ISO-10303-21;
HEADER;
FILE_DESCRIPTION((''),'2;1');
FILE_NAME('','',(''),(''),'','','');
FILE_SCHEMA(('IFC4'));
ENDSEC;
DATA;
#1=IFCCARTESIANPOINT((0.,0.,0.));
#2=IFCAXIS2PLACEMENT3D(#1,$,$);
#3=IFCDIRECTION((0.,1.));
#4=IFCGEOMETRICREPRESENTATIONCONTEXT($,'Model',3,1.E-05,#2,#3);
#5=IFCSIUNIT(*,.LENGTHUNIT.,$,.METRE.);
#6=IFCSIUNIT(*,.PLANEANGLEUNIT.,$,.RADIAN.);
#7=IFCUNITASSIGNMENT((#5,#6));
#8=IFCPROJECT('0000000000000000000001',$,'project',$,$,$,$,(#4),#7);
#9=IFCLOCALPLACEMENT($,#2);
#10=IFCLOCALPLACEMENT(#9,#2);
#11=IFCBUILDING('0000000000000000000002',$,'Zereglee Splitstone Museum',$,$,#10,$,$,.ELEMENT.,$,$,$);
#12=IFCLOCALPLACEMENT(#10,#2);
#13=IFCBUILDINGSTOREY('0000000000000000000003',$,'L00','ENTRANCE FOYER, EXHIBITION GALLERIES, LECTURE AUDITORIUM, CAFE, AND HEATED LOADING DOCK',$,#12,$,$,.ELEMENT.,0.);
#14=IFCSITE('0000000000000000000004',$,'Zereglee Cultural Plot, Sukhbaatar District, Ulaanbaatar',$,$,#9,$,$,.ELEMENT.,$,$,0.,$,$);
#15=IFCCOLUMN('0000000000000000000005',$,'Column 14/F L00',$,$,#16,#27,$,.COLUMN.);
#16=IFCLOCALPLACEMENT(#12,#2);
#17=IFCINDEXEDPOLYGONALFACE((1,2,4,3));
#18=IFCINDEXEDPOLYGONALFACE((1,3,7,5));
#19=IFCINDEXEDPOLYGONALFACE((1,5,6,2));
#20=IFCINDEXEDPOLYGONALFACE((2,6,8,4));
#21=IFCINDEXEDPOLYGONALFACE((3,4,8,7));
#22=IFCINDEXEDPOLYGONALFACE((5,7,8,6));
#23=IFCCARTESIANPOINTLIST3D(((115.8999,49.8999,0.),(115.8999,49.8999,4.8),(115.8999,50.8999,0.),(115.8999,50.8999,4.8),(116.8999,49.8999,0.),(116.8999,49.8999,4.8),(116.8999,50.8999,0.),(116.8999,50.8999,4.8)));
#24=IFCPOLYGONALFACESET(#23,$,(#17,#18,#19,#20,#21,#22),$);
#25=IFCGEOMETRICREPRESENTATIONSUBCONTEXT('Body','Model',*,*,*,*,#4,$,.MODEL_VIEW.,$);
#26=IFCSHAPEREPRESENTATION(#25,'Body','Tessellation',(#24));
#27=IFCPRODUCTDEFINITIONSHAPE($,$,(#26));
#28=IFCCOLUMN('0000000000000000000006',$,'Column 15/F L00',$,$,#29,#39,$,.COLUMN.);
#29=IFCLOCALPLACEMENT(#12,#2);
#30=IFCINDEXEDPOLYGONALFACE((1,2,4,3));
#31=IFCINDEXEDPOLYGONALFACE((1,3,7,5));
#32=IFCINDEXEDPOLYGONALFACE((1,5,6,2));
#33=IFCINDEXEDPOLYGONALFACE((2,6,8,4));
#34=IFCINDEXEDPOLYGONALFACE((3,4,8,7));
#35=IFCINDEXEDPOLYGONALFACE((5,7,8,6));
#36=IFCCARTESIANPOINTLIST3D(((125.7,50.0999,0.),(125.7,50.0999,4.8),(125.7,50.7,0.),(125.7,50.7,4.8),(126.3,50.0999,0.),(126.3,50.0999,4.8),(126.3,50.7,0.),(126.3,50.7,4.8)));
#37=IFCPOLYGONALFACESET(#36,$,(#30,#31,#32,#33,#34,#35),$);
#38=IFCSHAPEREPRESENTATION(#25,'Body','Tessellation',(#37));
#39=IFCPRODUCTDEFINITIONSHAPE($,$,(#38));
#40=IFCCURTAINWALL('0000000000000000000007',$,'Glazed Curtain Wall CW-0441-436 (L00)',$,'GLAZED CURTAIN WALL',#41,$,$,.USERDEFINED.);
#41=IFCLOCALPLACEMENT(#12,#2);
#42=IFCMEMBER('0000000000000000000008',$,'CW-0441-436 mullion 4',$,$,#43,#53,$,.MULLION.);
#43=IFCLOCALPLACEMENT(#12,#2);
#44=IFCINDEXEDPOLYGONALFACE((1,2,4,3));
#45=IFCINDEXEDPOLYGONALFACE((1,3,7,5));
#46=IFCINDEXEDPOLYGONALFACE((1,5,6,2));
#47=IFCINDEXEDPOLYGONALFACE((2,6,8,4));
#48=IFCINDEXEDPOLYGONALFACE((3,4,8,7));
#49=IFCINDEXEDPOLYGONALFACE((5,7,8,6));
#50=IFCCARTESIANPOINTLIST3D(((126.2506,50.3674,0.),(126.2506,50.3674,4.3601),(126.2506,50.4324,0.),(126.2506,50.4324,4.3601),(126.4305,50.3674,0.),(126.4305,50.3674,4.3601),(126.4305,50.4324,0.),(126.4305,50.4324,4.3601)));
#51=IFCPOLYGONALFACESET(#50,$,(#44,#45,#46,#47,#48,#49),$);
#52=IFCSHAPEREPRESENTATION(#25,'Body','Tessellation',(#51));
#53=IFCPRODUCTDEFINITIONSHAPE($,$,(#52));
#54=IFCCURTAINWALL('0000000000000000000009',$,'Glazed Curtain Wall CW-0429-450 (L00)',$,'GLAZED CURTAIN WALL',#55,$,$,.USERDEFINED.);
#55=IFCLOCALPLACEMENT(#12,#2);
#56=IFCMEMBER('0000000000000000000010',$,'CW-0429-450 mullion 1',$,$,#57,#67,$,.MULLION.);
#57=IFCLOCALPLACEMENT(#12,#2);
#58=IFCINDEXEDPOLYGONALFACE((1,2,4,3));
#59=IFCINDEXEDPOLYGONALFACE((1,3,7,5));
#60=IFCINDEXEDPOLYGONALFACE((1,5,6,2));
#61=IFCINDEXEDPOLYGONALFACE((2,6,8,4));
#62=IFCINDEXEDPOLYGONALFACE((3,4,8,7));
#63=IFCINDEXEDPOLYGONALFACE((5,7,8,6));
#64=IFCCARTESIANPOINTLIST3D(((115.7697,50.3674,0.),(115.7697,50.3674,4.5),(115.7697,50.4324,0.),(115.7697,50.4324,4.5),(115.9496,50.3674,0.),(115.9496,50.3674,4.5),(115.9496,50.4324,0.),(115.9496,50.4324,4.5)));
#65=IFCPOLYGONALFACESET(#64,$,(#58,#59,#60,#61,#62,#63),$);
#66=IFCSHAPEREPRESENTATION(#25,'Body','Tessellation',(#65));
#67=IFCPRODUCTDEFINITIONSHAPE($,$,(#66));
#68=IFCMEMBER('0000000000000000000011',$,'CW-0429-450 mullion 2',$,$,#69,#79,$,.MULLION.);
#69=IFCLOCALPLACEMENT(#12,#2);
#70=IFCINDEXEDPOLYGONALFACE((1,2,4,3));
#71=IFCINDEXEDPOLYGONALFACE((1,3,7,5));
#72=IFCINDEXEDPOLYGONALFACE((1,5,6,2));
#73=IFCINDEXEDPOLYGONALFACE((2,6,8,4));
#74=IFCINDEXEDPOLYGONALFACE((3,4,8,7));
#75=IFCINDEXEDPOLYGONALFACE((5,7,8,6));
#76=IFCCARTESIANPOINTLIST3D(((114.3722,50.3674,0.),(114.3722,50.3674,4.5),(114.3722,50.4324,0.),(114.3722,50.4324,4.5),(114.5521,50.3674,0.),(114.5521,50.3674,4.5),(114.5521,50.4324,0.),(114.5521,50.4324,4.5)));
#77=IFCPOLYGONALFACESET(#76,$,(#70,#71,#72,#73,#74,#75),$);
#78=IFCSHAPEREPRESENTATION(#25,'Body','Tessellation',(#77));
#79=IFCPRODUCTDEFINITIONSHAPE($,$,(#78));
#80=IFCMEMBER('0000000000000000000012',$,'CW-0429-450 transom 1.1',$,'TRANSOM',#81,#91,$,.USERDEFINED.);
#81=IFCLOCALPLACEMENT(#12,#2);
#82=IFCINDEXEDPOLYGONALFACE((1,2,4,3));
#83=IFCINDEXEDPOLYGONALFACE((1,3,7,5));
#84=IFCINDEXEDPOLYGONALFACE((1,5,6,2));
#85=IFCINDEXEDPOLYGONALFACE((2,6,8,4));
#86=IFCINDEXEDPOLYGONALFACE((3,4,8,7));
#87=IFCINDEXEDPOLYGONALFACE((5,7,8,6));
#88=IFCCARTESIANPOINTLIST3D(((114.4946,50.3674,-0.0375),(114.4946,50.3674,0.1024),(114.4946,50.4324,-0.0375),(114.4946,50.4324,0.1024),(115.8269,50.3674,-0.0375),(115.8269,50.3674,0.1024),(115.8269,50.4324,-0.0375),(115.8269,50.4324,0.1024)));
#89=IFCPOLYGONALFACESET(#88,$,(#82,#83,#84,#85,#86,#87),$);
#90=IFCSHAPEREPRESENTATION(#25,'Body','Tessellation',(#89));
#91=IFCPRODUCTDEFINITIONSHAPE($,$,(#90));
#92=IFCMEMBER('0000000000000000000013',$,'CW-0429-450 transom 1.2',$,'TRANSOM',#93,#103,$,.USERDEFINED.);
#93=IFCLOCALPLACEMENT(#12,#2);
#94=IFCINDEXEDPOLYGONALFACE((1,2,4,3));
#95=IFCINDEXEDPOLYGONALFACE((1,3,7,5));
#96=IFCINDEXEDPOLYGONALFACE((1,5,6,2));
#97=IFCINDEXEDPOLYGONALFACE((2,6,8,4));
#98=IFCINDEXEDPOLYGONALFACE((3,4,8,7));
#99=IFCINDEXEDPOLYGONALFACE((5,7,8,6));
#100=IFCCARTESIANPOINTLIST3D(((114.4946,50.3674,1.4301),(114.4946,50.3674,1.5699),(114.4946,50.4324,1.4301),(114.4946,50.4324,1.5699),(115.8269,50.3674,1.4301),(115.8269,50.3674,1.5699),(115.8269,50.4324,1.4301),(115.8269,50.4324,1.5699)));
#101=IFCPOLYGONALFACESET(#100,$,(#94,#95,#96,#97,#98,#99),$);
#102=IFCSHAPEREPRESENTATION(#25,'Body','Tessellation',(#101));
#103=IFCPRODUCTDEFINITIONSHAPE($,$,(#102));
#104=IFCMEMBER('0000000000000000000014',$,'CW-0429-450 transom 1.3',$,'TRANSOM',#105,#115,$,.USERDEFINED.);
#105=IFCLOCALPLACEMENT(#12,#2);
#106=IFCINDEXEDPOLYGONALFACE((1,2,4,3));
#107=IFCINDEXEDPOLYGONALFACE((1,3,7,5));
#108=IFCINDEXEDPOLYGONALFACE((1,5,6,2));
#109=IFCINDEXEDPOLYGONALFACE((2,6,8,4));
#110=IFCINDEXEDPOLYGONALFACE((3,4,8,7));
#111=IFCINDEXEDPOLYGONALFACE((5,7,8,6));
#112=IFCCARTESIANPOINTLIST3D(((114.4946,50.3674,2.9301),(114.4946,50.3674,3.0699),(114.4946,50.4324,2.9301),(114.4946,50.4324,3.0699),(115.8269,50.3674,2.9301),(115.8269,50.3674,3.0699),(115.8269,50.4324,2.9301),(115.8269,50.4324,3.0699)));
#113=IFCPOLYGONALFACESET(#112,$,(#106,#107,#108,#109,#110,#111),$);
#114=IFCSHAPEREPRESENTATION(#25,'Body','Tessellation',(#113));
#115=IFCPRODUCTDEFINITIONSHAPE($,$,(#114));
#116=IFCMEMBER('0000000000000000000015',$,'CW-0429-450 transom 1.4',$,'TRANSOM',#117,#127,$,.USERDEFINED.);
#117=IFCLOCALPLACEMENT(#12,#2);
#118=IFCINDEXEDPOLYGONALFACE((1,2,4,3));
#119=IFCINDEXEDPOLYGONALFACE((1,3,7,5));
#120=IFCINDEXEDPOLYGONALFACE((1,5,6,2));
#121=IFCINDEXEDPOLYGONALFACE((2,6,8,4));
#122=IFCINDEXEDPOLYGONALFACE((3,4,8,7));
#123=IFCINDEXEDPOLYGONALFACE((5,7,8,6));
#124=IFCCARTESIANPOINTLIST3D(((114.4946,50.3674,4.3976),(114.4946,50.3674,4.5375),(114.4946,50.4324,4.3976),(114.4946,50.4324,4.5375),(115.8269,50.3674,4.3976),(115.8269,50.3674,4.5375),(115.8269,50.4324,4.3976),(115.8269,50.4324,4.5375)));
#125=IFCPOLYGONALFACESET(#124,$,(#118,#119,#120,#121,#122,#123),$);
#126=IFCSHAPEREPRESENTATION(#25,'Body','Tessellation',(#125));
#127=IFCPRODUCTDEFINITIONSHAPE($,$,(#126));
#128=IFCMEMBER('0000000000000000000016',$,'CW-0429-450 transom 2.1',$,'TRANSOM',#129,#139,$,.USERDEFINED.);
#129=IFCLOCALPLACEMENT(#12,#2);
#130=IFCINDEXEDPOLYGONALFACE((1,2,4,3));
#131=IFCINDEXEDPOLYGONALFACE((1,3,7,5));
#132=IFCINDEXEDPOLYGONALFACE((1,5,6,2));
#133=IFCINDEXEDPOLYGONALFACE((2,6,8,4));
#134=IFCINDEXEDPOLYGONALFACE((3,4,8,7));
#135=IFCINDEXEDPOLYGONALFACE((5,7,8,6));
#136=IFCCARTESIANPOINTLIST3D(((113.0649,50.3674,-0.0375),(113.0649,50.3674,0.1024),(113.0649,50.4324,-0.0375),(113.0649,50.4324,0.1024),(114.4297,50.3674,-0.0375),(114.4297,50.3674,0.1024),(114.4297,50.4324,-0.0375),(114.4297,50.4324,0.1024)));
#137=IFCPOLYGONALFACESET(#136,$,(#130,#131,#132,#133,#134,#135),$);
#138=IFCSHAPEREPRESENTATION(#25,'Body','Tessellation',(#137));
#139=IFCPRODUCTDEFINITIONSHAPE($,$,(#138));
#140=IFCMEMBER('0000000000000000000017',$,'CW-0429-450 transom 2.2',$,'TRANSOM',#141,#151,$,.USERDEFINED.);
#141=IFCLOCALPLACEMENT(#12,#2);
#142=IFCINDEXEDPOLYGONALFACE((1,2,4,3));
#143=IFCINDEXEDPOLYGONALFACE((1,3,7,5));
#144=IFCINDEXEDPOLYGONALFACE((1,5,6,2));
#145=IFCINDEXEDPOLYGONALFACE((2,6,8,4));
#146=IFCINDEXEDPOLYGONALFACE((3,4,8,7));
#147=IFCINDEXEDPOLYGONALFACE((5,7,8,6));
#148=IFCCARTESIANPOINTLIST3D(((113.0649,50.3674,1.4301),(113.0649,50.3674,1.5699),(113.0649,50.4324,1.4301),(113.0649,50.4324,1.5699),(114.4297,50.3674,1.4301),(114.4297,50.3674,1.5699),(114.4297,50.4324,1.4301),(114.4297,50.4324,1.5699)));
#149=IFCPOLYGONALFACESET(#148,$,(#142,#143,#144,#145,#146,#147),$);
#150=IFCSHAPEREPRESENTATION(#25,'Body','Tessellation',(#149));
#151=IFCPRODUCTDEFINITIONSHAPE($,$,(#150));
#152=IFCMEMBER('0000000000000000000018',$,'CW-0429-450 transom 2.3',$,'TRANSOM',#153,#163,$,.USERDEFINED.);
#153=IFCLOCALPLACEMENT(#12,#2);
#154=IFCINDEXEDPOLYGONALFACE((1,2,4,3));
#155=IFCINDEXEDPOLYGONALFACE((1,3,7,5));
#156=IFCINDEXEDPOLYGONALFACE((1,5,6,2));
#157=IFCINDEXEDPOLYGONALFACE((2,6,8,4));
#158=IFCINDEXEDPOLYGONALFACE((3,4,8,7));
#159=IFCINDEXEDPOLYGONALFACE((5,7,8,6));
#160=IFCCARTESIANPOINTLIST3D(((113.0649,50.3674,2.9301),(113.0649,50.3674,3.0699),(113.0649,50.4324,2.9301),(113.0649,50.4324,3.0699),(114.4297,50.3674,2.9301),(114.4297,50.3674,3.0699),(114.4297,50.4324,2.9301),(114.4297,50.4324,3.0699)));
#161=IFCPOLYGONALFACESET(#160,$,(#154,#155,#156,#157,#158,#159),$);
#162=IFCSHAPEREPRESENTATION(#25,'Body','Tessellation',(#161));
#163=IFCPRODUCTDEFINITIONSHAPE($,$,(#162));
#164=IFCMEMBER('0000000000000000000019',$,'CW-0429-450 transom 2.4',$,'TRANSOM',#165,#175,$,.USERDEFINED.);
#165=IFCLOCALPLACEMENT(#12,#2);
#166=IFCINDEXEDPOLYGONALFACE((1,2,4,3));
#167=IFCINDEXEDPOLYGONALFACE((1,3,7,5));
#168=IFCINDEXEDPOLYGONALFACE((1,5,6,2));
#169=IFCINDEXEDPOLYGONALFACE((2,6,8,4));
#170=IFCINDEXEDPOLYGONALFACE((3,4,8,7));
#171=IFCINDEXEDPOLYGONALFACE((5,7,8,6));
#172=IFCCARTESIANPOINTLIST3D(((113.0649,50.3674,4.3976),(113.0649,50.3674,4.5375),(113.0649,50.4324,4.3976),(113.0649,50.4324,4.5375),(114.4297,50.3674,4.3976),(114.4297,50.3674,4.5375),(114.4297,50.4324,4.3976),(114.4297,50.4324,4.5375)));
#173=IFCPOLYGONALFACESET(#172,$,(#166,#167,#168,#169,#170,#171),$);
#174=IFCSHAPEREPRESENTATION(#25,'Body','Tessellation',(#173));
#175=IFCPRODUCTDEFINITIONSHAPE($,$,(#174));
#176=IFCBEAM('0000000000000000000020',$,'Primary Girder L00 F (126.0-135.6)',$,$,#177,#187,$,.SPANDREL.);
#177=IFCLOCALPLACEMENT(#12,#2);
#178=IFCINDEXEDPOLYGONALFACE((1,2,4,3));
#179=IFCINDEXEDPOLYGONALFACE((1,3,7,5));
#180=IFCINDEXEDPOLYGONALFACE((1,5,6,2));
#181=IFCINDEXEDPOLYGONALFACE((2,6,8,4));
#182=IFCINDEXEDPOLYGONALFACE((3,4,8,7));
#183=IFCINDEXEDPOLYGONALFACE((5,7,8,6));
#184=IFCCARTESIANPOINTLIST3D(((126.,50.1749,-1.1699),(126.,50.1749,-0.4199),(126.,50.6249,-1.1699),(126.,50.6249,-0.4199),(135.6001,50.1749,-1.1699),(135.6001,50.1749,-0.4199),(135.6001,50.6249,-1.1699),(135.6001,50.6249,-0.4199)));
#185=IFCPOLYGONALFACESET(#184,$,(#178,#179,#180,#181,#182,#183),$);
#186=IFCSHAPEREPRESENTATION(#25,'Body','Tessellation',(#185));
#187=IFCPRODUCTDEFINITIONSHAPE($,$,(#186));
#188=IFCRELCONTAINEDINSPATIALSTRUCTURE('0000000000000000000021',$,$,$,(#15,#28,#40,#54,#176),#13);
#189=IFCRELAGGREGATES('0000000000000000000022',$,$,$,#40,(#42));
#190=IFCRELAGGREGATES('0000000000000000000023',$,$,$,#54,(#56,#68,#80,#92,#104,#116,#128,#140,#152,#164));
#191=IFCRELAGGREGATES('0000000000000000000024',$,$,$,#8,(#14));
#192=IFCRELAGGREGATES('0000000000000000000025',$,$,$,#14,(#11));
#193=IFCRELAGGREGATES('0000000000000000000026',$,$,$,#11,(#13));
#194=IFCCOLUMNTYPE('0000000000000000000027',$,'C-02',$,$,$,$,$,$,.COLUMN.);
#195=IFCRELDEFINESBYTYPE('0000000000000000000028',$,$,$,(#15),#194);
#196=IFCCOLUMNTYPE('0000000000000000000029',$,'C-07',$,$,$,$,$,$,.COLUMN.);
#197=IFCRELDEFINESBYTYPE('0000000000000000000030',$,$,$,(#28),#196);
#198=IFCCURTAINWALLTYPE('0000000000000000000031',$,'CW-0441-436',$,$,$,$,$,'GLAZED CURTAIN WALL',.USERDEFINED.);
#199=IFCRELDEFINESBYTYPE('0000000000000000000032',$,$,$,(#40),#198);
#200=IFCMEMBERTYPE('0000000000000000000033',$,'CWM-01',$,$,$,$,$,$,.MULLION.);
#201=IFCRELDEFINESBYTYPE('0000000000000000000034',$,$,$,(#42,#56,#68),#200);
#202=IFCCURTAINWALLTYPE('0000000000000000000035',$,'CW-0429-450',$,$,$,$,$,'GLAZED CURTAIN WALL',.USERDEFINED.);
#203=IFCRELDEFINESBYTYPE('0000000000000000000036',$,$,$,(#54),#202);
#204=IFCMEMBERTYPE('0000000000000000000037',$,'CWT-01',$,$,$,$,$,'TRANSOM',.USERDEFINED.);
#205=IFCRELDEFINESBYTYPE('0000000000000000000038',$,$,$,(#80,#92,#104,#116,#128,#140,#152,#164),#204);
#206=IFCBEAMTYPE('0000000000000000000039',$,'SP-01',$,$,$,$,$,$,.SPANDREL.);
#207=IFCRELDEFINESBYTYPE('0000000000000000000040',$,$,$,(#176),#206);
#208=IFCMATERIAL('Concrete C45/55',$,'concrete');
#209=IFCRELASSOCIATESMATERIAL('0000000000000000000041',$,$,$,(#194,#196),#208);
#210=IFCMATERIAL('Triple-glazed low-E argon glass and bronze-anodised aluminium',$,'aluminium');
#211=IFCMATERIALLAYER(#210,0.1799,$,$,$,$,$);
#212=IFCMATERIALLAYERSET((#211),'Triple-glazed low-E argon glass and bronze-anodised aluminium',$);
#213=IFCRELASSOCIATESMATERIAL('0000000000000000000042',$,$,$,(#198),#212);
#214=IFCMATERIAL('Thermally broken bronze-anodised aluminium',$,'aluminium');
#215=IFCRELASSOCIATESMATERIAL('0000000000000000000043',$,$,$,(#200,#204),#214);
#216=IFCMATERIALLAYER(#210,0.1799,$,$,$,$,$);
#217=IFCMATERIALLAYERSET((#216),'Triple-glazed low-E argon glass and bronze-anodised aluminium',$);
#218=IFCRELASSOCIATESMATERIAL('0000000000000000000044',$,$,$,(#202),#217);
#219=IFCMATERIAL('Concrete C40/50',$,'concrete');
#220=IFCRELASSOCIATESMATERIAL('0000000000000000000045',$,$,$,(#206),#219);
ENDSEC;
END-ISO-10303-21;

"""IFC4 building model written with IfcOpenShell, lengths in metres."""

from ifc_helpers import new_model, si_unit, direction, frame, origin, origin_2d, place, context, subcontext, project, spatial, rectangle, extrude, material, layer, layer_set, material_profile, profile_set, type_object, element, aggregate, save


model = new_model("IFC4")

# Units and contexts
model_context = context("Model", 3, precision=1e-05, world=origin(), true_north=direction((0.0, 1.0)))
body_context = subcontext(model_context, "Body", "Model", "MODEL_VIEW")
ifc_project = project(units=[si_unit("LENGTHUNIT", "METRE"), si_unit("PLANEANGLEUNIT", "RADIAN")], contexts=[model_context])

# Site, building, storey
site_placement = place(None, origin())
site = spatial("IfcSite", under=ifc_project, at=site_placement, Name="Zereglee Cultural Plot, Sukhbaatar District, Ulaanbaatar", CompositionType="ELEMENT", RefElevation=0.0)
building_placement = place(site_placement, origin())
building = spatial("IfcBuilding", under=site, at=building_placement, Name="Zereglee Splitstone Museum", CompositionType="ELEMENT")
storey_placement = place(building_placement, origin())
storey = spatial("IfcBuildingStorey", under=building, at=storey_placement, Name="L00", Description="ENTRANCE FOYER, EXHIBITION GALLERIES, LECTURE AUDITORIUM, CAFE, AND HEATED LOADING DOCK", CompositionType="ELEMENT", Elevation=0.0)

# Columns
ifc_material_1 = material(Name="Concrete C45/55", Category="concrete")
ifc_material_profile_1 = material_profile(ifc_material_1, rectangle(XDim=1.0, YDim=1.0, at=origin_2d()), Name="RC 1000x1000")
ifc_profile_set_1 = profile_set([ifc_material_profile_1], Name="Concrete C45/55")
column_type_1 = type_object("IfcColumnType", Name="C-02", PredefinedType="COLUMN", material=ifc_profile_set_1)
column_1_placement = place(storey_placement, frame((116.3999, 50.3999, 0.0), z_axis=(0.0, 0.0, 1.0), x_axis=(1.0, 0.0, 0.0)))
element("IfcColumn", 1, at=column_1_placement, inside=storey, type_object=column_type_1, Name="Column 14/F L00", PredefinedType="COLUMN", context=body_context, shape_type="SweptSolid", body=[
    extrude(rectangle(XDim=1.0, YDim=1.0, at=origin_2d()), origin(), (0.0, 0.0, 1.0), 4.8),
])
ifc_material_profile_2 = material_profile(ifc_material_1, rectangle(XDim=0.6001, YDim=0.6001, at=origin_2d()), Name="RC 600x600")
ifc_profile_set_2 = profile_set([ifc_material_profile_2], Name="Concrete C45/55")
column_type_2 = type_object("IfcColumnType", Name="C-07", PredefinedType="COLUMN", material=ifc_profile_set_2)
column_2_placement = place(storey_placement, frame((126.0, 50.3999, 0.0), z_axis=(0.0, 0.0, 1.0), x_axis=(1.0, 0.0, 0.0)))
element("IfcColumn", 2, at=column_2_placement, inside=storey, type_object=column_type_2, Name="Column 15/F L00", PredefinedType="COLUMN", context=body_context, shape_type="SweptSolid", body=[
    extrude(rectangle(XDim=0.6001, YDim=0.6001, at=origin_2d()), origin(), (0.0, 0.0, 1.0), 4.8),
])

# Curtain wall, member
ifc_material_2 = material(Name="Triple-glazed low-E argon glass and bronze-anodised aluminium", Category="aluminium")
ifc_layer_1 = layer(ifc_material_2, 0.1799)
ifc_layer_set_1 = layer_set([ifc_layer_1], Name="Triple-glazed low-E argon glass and bronze-anodised aluminium")
curtain_wall_type_1 = type_object("IfcCurtainWallType", Name="CW-0441-436", ElementType="GLAZED CURTAIN WALL", PredefinedType="USERDEFINED", material=ifc_layer_set_1)
curtain_wall_1_placement = place(storey_placement, origin())
curtain_wall_1 = element("IfcCurtainWall", 3, at=curtain_wall_1_placement, inside=storey, type_object=curtain_wall_type_1, Name="Glazed Curtain Wall CW-0441-436 (L00)", ObjectType="GLAZED CURTAIN WALL", PredefinedType="USERDEFINED")
ifc_material_3 = material(Name="Thermally broken bronze-anodised aluminium", Category="aluminium")
ifc_material_profile_3 = material_profile(ifc_material_3, rectangle(XDim=0.0649, YDim=0.1799, at=origin_2d()), Name="CW MULL 65x180")
ifc_profile_set_3 = profile_set([ifc_material_profile_3], Name="Thermally broken bronze-anodised aluminium")
member_type_1 = type_object("IfcMemberType", Name="CWM-01", PredefinedType="MULLION", material=ifc_profile_set_3)
member_1_placement = place(storey_placement, frame((126.3406, 50.3999, 0.0), z_axis=(0.0, 0.0, 1.0), x_axis=(0.0, -1.0, 0.0)))
member_1 = element("IfcMember", 4, at=member_1_placement, type_object=member_type_1, Name="CW-0441-436 mullion 4", PredefinedType="MULLION", context=body_context, shape_type="SweptSolid", body=[
    extrude(rectangle(XDim=0.0649, YDim=0.1799, at=origin_2d()), origin(), (0.0, 0.0, 1.0), 4.3601),
])
aggregate(curtain_wall_1, [member_1])

# Curtain wall, members
ifc_layer_2 = layer(ifc_material_2, 0.1799)
ifc_layer_set_2 = layer_set([ifc_layer_2], Name="Triple-glazed low-E argon glass and bronze-anodised aluminium")
curtain_wall_type_2 = type_object("IfcCurtainWallType", Name="CW-0429-450", ElementType="GLAZED CURTAIN WALL", PredefinedType="USERDEFINED", material=ifc_layer_set_2)
curtain_wall_2_placement = place(storey_placement, origin())
curtain_wall_2 = element("IfcCurtainWall", 5, at=curtain_wall_2_placement, inside=storey, type_object=curtain_wall_type_2, Name="Glazed Curtain Wall CW-0429-450 (L00)", ObjectType="GLAZED CURTAIN WALL", PredefinedType="USERDEFINED")
member_2_placement = place(storey_placement, frame((115.8596, 50.3999, 0.0), z_axis=(0.0, 0.0, 1.0), x_axis=(0.0, -1.0, 0.0)))
member_2 = element("IfcMember", 6, at=member_2_placement, type_object=member_type_1, Name="CW-0429-450 mullion 1", PredefinedType="MULLION", context=body_context, shape_type="SweptSolid", body=[
    extrude(rectangle(XDim=0.0649, YDim=0.1799, at=origin_2d()), origin(), (0.0, 0.0, 1.0), 4.5),
])
member_3_placement = place(storey_placement, frame((114.4622, 50.3999, 0.0), z_axis=(0.0, 0.0, 1.0), x_axis=(0.0, -1.0, 0.0)))
member_3 = element("IfcMember", 7, at=member_3_placement, type_object=member_type_1, Name="CW-0429-450 mullion 2", PredefinedType="MULLION", context=body_context, shape_type="SweptSolid", body=[
    extrude(rectangle(XDim=0.0649, YDim=0.1799, at=origin_2d()), origin(), (0.0, 0.0, 1.0), 4.5),
])
ifc_material_profile_4 = material_profile(ifc_material_3, rectangle(XDim=0.0649, YDim=0.1399, at=origin_2d()), Name="CW TRAN 65x140")
ifc_profile_set_4 = profile_set([ifc_material_profile_4], Name="Thermally broken bronze-anodised aluminium")
member_type_2 = type_object("IfcMemberType", Name="CWT-01", ElementType="TRANSOM", PredefinedType="USERDEFINED", material=ifc_profile_set_4)
member_4_placement = place(storey_placement, frame((115.8269, 50.3999, 0.0325), z_axis=(-1.0, 0.0, 0.0), x_axis=(0.0, -1.0, 0.0)))
member_4 = element("IfcMember", 8, at=member_4_placement, type_object=member_type_2, Name="CW-0429-450 transom 1.1", ObjectType="TRANSOM", PredefinedType="USERDEFINED", context=body_context, shape_type="SweptSolid", body=[
    extrude(rectangle(XDim=0.0649, YDim=0.1399, at=origin_2d()), origin(), (0.0, 0.0, 1.0), 1.3323),
])
member_5_placement = place(storey_placement, frame((115.8269, 50.3999, 1.5), z_axis=(-1.0, 0.0, 0.0), x_axis=(0.0, -1.0, 0.0)))
member_5 = element("IfcMember", 9, at=member_5_placement, type_object=member_type_2, Name="CW-0429-450 transom 1.2", ObjectType="TRANSOM", PredefinedType="USERDEFINED", context=body_context, shape_type="SweptSolid", body=[
    extrude(rectangle(XDim=0.0649, YDim=0.1399, at=origin_2d()), origin(), (0.0, 0.0, 1.0), 1.3323),
])
member_6_placement = place(storey_placement, frame((115.8269, 50.3999, 3.0), z_axis=(-1.0, 0.0, 0.0), x_axis=(0.0, -1.0, 0.0)))
member_6 = element("IfcMember", 10, at=member_6_placement, type_object=member_type_2, Name="CW-0429-450 transom 1.3", ObjectType="TRANSOM", PredefinedType="USERDEFINED", context=body_context, shape_type="SweptSolid", body=[
    extrude(rectangle(XDim=0.0649, YDim=0.1399, at=origin_2d()), origin(), (0.0, 0.0, 1.0), 1.3323),
])
member_7_placement = place(storey_placement, frame((115.8269, 50.3999, 4.4675), z_axis=(-1.0, 0.0, 0.0), x_axis=(0.0, -1.0, 0.0)))
member_7 = element("IfcMember", 11, at=member_7_placement, type_object=member_type_2, Name="CW-0429-450 transom 1.4", ObjectType="TRANSOM", PredefinedType="USERDEFINED", context=body_context, shape_type="SweptSolid", body=[
    extrude(rectangle(XDim=0.0649, YDim=0.1399, at=origin_2d()), origin(), (0.0, 0.0, 1.0), 1.3323),
])
member_8_placement = place(storey_placement, frame((114.4297, 50.3999, 0.0325), z_axis=(-1.0, 0.0, 0.0), x_axis=(0.0, -1.0, 0.0)))
member_8 = element("IfcMember", 12, at=member_8_placement, type_object=member_type_2, Name="CW-0429-450 transom 2.1", ObjectType="TRANSOM", PredefinedType="USERDEFINED", context=body_context, shape_type="SweptSolid", body=[
    extrude(rectangle(XDim=0.0649, YDim=0.1399, at=origin_2d()), origin(), (0.0, 0.0, 1.0), 1.3647),
])
member_9_placement = place(storey_placement, frame((114.4297, 50.3999, 1.5), z_axis=(-1.0, 0.0, 0.0), x_axis=(0.0, -1.0, 0.0)))
member_9 = element("IfcMember", 13, at=member_9_placement, type_object=member_type_2, Name="CW-0429-450 transom 2.2", ObjectType="TRANSOM", PredefinedType="USERDEFINED", context=body_context, shape_type="SweptSolid", body=[
    extrude(rectangle(XDim=0.0649, YDim=0.1399, at=origin_2d()), origin(), (0.0, 0.0, 1.0), 1.3647),
])
member_10_placement = place(storey_placement, frame((114.4297, 50.3999, 3.0), z_axis=(-1.0, 0.0, 0.0), x_axis=(0.0, -1.0, 0.0)))
member_10 = element("IfcMember", 14, at=member_10_placement, type_object=member_type_2, Name="CW-0429-450 transom 2.3", ObjectType="TRANSOM", PredefinedType="USERDEFINED", context=body_context, shape_type="SweptSolid", body=[
    extrude(rectangle(XDim=0.0649, YDim=0.1399, at=origin_2d()), origin(), (0.0, 0.0, 1.0), 1.3647),
])
member_11_placement = place(storey_placement, frame((114.4297, 50.3999, 4.4675), z_axis=(-1.0, 0.0, 0.0), x_axis=(0.0, -1.0, 0.0)))
member_11 = element("IfcMember", 15, at=member_11_placement, type_object=member_type_2, Name="CW-0429-450 transom 2.4", ObjectType="TRANSOM", PredefinedType="USERDEFINED", context=body_context, shape_type="SweptSolid", body=[
    extrude(rectangle(XDim=0.0649, YDim=0.1399, at=origin_2d()), origin(), (0.0, 0.0, 1.0), 1.3647),
])

# Beam
ifc_material_4 = material(Name="Concrete C40/50", Category="concrete")
ifc_material_profile_5 = material_profile(ifc_material_4, rectangle(XDim=0.45, YDim=0.75, at=origin_2d()), Name="RC 450x750")
ifc_profile_set_5 = profile_set([ifc_material_profile_5], Name="Concrete C40/50")
beam_type_1 = type_object("IfcBeamType", Name="SP-01", PredefinedType="SPANDREL", material=ifc_profile_set_5)
beam_1_placement = place(storey_placement, frame((126.0, 50.3999, -0.7949), z_axis=(1.0, 0.0, 0.0), x_axis=(0.0, 1.0, 0.0)))
element("IfcBeam", 16, at=beam_1_placement, inside=storey, type_object=beam_type_1, Name="Primary Girder L00 F (126.0-135.6)", PredefinedType="SPANDREL", context=body_context, shape_type="SweptSolid", body=[
    extrude(rectangle(XDim=0.45, YDim=0.75, at=origin_2d()), origin(), (0.0, 0.0, 1.0), 9.6001),
])

aggregate(curtain_wall_2, [member_2, member_3, member_4, member_5, member_6, member_7, member_8, member_9, member_10, member_11])

save(model, "model.ifc")
